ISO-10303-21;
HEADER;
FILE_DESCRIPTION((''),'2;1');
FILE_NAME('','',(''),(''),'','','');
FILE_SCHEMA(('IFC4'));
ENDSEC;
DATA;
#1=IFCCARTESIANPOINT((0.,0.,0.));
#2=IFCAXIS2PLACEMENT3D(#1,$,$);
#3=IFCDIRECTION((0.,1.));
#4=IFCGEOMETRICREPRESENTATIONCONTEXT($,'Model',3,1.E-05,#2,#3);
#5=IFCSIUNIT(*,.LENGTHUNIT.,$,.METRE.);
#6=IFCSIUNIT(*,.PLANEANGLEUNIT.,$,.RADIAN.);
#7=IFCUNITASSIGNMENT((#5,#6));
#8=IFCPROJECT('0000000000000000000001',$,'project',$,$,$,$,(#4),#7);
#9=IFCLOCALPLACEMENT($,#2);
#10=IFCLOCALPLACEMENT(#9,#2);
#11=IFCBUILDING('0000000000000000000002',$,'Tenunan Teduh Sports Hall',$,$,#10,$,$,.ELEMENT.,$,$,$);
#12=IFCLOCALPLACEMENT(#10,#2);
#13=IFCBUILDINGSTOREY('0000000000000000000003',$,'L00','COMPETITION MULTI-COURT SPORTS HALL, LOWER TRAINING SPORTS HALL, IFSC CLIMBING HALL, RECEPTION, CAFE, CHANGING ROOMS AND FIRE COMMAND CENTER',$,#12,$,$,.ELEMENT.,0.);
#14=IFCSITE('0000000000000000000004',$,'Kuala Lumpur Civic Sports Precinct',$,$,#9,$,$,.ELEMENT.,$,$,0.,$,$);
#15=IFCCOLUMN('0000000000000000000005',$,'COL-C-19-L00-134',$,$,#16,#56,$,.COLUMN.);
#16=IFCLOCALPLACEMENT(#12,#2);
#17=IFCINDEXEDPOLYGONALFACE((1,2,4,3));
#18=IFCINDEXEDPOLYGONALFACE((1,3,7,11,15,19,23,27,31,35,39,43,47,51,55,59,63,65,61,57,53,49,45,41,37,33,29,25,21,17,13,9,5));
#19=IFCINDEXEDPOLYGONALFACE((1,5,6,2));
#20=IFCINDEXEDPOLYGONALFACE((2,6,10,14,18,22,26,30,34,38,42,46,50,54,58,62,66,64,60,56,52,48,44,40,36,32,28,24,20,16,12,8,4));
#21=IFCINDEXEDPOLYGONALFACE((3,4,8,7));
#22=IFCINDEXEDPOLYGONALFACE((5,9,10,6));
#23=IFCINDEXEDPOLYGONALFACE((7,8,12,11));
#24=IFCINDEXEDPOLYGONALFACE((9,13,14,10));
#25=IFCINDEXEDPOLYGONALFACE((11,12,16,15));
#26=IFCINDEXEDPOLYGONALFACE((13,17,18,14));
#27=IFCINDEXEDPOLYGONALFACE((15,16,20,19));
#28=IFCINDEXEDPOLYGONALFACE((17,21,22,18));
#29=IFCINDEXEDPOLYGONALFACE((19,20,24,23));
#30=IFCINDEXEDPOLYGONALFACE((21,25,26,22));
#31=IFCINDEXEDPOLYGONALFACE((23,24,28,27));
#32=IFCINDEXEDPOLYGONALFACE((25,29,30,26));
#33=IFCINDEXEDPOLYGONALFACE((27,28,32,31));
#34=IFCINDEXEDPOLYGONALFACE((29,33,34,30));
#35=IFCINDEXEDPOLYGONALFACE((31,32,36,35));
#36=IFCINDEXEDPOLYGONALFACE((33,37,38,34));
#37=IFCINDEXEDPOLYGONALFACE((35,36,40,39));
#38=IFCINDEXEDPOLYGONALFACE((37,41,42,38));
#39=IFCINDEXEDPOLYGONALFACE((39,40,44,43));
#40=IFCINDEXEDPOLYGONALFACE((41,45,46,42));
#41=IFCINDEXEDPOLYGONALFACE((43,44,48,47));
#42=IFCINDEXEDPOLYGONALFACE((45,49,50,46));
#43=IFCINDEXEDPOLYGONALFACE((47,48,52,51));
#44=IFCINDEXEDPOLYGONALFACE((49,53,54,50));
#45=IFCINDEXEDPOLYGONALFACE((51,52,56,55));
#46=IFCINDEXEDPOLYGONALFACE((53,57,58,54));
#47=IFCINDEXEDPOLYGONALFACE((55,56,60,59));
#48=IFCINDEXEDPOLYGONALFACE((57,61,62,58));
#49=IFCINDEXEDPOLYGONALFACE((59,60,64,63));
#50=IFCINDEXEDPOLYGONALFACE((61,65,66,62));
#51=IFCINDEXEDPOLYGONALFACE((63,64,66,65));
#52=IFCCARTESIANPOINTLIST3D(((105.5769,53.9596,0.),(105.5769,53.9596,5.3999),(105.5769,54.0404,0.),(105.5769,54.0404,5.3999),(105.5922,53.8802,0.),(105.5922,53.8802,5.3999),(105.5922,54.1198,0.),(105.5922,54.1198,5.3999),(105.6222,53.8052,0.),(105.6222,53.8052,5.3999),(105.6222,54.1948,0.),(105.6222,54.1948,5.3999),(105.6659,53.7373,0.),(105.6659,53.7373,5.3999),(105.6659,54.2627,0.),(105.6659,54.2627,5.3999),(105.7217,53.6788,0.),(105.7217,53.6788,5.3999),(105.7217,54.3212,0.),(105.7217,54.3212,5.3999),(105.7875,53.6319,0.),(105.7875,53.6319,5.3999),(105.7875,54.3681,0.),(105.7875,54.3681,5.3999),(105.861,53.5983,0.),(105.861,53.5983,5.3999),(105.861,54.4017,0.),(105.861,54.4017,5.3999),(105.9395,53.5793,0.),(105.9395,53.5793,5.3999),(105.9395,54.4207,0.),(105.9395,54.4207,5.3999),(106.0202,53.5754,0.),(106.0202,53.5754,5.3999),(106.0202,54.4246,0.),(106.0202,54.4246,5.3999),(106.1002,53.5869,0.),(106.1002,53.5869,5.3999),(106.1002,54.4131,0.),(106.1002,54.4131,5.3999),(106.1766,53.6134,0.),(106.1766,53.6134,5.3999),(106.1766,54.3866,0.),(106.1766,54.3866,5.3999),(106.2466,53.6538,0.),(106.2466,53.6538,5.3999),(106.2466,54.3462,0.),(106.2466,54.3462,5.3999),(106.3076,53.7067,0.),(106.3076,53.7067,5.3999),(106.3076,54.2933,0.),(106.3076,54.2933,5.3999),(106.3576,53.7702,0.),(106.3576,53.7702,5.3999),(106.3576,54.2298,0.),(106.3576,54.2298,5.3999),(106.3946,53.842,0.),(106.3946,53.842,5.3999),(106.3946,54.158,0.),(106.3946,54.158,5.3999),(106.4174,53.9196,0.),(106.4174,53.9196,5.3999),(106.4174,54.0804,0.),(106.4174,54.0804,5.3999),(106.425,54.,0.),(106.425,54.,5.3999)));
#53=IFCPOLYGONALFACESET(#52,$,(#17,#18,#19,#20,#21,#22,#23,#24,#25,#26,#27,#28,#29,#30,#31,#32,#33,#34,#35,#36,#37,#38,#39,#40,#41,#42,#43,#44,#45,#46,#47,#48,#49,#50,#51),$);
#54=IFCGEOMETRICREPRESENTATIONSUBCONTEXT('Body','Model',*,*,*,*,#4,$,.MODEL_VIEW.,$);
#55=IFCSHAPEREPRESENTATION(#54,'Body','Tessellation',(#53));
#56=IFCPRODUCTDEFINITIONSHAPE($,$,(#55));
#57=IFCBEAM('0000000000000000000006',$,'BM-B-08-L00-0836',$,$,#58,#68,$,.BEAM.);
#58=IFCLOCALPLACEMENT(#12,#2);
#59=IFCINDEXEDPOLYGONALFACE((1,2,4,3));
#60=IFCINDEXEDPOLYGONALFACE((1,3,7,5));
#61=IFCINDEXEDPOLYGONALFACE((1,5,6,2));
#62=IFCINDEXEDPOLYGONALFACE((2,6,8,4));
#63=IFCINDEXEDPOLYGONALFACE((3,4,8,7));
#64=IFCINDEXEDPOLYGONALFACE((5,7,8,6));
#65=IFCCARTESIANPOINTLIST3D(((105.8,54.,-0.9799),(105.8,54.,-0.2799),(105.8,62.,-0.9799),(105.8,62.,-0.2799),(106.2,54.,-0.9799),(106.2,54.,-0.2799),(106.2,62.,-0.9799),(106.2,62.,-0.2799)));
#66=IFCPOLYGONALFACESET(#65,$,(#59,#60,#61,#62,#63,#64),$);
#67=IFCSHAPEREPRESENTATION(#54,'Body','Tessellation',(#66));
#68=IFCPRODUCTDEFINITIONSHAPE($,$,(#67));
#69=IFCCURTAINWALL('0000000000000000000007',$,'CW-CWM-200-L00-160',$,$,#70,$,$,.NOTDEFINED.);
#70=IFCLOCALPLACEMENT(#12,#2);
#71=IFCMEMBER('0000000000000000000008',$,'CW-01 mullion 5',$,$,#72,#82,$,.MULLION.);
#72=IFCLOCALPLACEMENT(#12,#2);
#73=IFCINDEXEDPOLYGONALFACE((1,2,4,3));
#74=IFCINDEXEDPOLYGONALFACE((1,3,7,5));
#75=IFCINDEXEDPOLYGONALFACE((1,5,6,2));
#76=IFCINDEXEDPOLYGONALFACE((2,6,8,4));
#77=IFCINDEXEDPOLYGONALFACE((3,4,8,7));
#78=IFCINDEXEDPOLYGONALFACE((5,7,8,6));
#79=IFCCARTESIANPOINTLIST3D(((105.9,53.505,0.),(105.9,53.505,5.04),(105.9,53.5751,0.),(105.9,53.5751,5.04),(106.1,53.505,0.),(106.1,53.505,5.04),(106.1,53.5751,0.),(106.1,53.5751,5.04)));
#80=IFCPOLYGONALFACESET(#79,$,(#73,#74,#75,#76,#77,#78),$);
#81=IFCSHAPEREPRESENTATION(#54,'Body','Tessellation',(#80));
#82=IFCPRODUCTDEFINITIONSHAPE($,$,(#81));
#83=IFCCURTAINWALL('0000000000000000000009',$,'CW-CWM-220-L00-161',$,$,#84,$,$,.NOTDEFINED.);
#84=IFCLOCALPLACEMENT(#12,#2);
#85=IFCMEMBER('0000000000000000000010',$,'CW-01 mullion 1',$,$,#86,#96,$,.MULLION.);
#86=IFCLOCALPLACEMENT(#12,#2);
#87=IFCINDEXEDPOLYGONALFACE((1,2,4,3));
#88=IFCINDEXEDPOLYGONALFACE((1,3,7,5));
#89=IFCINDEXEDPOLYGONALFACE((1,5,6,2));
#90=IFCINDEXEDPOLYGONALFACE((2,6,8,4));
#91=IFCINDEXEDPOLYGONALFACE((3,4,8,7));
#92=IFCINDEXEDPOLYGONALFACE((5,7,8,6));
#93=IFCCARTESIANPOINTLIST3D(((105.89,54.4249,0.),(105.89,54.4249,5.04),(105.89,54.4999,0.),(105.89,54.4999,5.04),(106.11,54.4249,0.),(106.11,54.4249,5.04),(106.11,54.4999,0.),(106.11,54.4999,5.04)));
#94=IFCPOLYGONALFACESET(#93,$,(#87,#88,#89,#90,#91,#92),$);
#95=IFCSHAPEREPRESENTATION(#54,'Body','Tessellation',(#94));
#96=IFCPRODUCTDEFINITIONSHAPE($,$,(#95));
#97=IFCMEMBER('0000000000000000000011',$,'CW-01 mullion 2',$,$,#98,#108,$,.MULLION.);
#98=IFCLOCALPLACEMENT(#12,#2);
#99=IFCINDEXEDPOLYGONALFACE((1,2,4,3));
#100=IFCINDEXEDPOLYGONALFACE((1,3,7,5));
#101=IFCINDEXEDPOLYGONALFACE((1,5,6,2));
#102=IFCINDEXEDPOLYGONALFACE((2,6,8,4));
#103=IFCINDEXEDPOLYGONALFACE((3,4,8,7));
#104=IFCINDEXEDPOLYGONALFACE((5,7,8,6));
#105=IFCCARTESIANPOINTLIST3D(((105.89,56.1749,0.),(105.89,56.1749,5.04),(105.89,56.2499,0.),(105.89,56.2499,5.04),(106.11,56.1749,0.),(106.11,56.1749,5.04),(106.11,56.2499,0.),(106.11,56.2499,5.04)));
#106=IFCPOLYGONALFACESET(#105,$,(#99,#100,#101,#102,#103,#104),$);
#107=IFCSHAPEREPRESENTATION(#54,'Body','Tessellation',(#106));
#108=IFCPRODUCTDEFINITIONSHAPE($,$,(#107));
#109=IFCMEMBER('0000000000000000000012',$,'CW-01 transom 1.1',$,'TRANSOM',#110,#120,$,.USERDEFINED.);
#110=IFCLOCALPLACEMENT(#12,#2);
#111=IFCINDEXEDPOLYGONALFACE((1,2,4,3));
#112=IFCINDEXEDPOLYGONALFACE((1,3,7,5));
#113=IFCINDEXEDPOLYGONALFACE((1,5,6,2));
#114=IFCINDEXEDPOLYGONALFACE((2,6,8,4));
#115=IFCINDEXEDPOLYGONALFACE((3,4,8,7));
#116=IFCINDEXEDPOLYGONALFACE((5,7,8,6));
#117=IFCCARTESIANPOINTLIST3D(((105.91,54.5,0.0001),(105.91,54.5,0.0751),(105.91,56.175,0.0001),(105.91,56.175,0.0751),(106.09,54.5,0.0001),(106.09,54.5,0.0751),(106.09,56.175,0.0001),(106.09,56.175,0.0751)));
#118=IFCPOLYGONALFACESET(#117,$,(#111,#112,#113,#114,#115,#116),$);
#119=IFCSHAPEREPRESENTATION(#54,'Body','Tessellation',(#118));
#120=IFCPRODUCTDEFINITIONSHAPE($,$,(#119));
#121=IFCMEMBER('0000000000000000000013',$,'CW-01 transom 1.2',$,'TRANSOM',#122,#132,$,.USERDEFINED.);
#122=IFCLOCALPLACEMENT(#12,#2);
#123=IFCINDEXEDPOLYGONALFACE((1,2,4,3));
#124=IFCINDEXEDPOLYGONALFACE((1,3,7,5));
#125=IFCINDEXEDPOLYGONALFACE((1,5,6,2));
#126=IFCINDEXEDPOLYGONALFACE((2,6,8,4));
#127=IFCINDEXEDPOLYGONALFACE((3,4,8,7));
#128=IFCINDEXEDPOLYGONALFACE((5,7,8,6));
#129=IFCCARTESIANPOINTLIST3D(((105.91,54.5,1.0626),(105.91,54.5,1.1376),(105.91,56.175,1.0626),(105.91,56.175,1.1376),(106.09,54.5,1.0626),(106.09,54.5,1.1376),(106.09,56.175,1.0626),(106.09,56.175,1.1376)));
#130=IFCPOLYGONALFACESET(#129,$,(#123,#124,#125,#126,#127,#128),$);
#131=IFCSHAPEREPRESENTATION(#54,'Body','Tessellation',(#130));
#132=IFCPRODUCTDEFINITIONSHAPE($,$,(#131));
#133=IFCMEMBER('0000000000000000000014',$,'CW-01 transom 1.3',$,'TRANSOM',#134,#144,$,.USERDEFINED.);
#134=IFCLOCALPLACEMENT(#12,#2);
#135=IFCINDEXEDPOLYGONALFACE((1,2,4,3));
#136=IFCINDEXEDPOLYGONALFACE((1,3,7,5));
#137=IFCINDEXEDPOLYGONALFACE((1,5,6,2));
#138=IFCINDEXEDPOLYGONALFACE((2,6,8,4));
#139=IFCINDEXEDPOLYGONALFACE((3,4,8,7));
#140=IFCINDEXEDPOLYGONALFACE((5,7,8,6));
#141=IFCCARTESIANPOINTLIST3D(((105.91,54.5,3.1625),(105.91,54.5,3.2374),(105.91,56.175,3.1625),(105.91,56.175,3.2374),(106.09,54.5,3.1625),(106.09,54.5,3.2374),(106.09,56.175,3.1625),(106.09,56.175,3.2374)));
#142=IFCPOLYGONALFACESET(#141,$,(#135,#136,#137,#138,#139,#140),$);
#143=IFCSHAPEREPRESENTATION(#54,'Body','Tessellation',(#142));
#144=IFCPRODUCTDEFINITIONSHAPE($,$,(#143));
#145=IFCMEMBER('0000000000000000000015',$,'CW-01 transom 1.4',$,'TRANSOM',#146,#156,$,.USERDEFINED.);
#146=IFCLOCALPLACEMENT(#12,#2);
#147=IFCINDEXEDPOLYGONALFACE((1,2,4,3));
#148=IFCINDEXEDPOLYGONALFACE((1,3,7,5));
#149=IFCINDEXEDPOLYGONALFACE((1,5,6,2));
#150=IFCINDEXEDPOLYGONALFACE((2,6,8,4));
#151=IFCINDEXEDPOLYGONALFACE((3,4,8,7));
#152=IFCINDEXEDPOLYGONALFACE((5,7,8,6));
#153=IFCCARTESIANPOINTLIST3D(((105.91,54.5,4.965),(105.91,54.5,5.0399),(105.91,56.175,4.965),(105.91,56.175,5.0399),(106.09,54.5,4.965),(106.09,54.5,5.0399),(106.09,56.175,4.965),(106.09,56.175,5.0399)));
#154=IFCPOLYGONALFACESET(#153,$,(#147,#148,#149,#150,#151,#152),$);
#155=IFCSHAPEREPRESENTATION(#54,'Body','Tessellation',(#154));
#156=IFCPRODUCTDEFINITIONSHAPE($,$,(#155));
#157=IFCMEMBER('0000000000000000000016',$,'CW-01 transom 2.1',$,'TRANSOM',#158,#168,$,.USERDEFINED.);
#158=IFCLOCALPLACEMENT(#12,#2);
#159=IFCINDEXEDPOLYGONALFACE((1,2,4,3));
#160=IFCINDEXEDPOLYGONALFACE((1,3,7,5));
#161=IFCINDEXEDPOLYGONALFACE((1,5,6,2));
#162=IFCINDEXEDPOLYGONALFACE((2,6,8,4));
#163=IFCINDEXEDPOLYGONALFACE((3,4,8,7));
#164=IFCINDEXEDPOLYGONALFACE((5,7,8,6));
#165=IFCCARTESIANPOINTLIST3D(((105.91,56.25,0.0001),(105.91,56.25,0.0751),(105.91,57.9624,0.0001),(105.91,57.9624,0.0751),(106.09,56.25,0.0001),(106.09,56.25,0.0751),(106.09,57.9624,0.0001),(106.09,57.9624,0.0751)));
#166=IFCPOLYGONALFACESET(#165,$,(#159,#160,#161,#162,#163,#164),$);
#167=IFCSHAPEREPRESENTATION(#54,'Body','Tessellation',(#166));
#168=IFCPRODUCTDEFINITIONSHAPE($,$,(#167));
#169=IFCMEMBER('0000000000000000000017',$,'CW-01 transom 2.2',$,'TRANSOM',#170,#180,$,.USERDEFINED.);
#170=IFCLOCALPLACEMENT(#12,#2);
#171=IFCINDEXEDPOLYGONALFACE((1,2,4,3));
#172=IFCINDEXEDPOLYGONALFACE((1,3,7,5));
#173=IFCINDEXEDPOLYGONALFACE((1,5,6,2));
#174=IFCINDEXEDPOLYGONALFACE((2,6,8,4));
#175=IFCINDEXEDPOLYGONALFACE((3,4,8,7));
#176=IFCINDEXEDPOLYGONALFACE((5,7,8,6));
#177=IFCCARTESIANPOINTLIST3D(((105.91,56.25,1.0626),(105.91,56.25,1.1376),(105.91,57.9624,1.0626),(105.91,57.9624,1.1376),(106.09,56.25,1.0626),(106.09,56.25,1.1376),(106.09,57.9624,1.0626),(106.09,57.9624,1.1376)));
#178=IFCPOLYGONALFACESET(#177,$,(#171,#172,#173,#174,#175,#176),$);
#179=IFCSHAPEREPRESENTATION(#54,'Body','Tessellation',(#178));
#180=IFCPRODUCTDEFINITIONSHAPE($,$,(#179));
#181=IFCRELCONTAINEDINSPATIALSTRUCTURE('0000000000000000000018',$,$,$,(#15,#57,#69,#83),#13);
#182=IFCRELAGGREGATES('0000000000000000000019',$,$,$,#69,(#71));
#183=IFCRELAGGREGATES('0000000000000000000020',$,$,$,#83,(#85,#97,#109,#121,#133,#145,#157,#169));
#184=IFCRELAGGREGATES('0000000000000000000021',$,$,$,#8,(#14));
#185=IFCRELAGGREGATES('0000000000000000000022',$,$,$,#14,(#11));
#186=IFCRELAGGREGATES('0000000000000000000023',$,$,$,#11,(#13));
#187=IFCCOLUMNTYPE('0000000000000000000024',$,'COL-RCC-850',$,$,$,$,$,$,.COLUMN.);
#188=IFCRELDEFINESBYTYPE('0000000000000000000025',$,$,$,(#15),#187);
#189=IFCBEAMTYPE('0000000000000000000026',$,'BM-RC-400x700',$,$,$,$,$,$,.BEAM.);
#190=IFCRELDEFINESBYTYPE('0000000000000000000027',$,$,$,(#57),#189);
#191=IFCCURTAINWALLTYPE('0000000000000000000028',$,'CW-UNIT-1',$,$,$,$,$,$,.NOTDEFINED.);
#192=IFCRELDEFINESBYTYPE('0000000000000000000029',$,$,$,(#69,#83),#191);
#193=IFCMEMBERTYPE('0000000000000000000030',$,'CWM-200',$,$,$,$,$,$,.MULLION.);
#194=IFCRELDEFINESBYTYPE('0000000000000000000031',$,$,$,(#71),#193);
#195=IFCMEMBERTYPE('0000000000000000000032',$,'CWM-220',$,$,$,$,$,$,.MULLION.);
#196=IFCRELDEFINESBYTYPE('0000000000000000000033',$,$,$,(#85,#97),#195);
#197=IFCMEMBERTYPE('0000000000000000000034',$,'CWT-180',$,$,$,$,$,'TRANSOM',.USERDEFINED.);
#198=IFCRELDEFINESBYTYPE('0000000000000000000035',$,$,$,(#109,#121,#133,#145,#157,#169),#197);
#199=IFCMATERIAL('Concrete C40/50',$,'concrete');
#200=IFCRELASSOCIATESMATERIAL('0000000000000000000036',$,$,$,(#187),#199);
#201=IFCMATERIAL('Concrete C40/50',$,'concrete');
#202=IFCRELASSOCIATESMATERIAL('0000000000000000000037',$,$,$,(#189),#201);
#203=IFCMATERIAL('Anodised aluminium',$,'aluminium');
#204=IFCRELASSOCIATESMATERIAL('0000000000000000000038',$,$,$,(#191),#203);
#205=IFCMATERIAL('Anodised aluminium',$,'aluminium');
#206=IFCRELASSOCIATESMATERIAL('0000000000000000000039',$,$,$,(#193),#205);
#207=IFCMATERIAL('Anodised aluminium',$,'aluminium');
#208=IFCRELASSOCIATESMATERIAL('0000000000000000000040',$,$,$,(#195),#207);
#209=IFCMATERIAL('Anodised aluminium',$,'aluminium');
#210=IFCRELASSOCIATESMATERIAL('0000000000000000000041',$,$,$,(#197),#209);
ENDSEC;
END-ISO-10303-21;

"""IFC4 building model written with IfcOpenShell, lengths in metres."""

from ifc_helpers import new_model, si_unit, direction, frame, origin, origin_2d, place, context, subcontext, project, spatial, rectangle, circle, extrude, material, material_profile, profile_set, type_object, element, aggregate, save


model = new_model("IFC4")

# Units and contexts
model_context = context("Model", 3, precision=1e-05, world=origin(), true_north=direction((0.0, 1.0)))
body_context = subcontext(model_context, "Body", "Model", "MODEL_VIEW")
ifc_project = project(units=[si_unit("LENGTHUNIT", "METRE"), si_unit("PLANEANGLEUNIT", "RADIAN")], contexts=[model_context])

# Site, building, storey
site_placement = place(None, origin())
site = spatial("IfcSite", under=ifc_project, at=site_placement, Name="Kuala Lumpur Civic Sports Precinct", CompositionType="ELEMENT", RefElevation=0.0)
building_placement = place(site_placement, origin())
building = spatial("IfcBuilding", under=site, at=building_placement, Name="Tenunan Teduh Sports Hall", CompositionType="ELEMENT")
storey_placement = place(building_placement, origin())
storey = spatial("IfcBuildingStorey", under=building, at=storey_placement, Name="L00", Description="COMPETITION MULTI-COURT SPORTS HALL, LOWER TRAINING SPORTS HALL, IFSC CLIMBING HALL, RECEPTION, CAFE, CHANGING ROOMS AND FIRE COMMAND CENTER", CompositionType="ELEMENT", Elevation=0.0)

# Column
ifc_material_1 = material(Name="Concrete C40/50", Category="concrete")
ifc_material_profile_1 = material_profile(ifc_material_1, circle(Radius=0.425, at=origin_2d()), Name="RCC D850")
ifc_profile_set_1 = profile_set([ifc_material_profile_1], Name="Concrete C40/50")
column_type = type_object("IfcColumnType", Name="COL-RCC-850", PredefinedType="COLUMN", material=ifc_profile_set_1)
column_placement = place(storey_placement, frame((106.0, 54.0, 0.0), z_axis=(0.0, 0.0, 1.0), x_axis=(1.0, 0.0, 0.0)))
element("IfcColumn", 1, at=column_placement, inside=storey, type_object=column_type, Name="COL-C-19-L00-134", PredefinedType="COLUMN", context=body_context, shape_type="SweptSolid", body=[
    extrude(circle(Radius=0.425, at=origin_2d()), origin(), (0.0, 0.0, 1.0), 5.3999),
])

# Beam
ifc_material_2 = material(Name="Concrete C40/50", Category="concrete")
ifc_material_profile_2 = material_profile(ifc_material_2, rectangle(XDim=0.3999, YDim=0.7, at=origin_2d()), Name="RCB 400x700")
ifc_profile_set_2 = profile_set([ifc_material_profile_2], Name="Concrete C40/50")
beam_type_1 = type_object("IfcBeamType", Name="BM-RC-400x700", PredefinedType="BEAM", material=ifc_profile_set_2)
beam_1_placement = place(storey_placement, frame((106.0, 54.0, -0.6299), z_axis=(0.0, 1.0, 0.0), x_axis=(-1.0, 0.0, 0.0)))
element("IfcBeam", 2, at=beam_1_placement, inside=storey, type_object=beam_type_1, Name="BM-B-08-L00-0836", PredefinedType="BEAM", context=body_context, shape_type="SweptSolid", body=[
    extrude(rectangle(XDim=0.3999, YDim=0.7, at=origin_2d()), origin(), (0.0, 0.0, 1.0), 8.0),
])

# Curtain wall, member
ifc_material_3 = material(Name="Anodised aluminium", Category="aluminium")
curtain_wall_type = type_object("IfcCurtainWallType", Name="CW-UNIT-1", PredefinedType="NOTDEFINED", material=ifc_material_3)
curtain_wall_1_placement = place(storey_placement, origin())
curtain_wall_1 = element("IfcCurtainWall", 3, at=curtain_wall_1_placement, inside=storey, type_object=curtain_wall_type, Name="CW-CWM-200-L00-160", PredefinedType="NOTDEFINED")
ifc_material_4 = material(Name="Anodised aluminium", Category="aluminium")
ifc_material_profile_3 = material_profile(ifc_material_4, rectangle(XDim=0.0701, YDim=0.2, at=origin_2d()), Name="CWM 70x200")
ifc_profile_set_3 = profile_set([ifc_material_profile_3], Name="Anodised aluminium")
member_type_1 = type_object("IfcMemberType", Name="CWM-200", PredefinedType="MULLION", material=ifc_profile_set_3)
member_1_placement = place(storey_placement, frame((106.0, 53.54, 0.0), z_axis=(0.0, 0.0, 1.0), x_axis=(0.0, 1.0, 0.0)))
member_1 = element("IfcMember", 4, at=member_1_placement, type_object=member_type_1, Name="CW-01 mullion 5", PredefinedType="MULLION", context=body_context, shape_type="SweptSolid", body=[
    extrude(rectangle(XDim=0.0701, YDim=0.2, at=origin_2d()), origin(), (0.0, 0.0, 1.0), 5.04),
])

# Curtain wall, members
curtain_wall_2_placement = place(storey_placement, origin())
curtain_wall_2 = element("IfcCurtainWall", 5, at=curtain_wall_2_placement, inside=storey, type_object=curtain_wall_type, Name="CW-CWM-220-L00-161", PredefinedType="NOTDEFINED")
ifc_material_5 = material(Name="Anodised aluminium", Category="aluminium")
ifc_material_profile_4 = material_profile(ifc_material_5, rectangle(XDim=0.075, YDim=0.22, at=origin_2d()), Name="CWM 75x220")
ifc_profile_set_4 = profile_set([ifc_material_profile_4], Name="Anodised aluminium")
member_type_2 = type_object("IfcMemberType", Name="CWM-220", PredefinedType="MULLION", material=ifc_profile_set_4)
member_2_placement = place(storey_placement, frame((106.0, 54.4624, 0.0), z_axis=(0.0, 0.0, 1.0), x_axis=(0.0, 1.0, 0.0)))
member_2 = element("IfcMember", 6, at=member_2_placement, type_object=member_type_2, Name="CW-01 mullion 1", PredefinedType="MULLION", context=body_context, shape_type="SweptSolid", body=[
    extrude(rectangle(XDim=0.075, YDim=0.22, at=origin_2d()), origin(), (0.0, 0.0, 1.0), 5.04),
])
member_3_placement = place(storey_placement, frame((106.0, 56.2124, 0.0), z_axis=(0.0, 0.0, 1.0), x_axis=(0.0, 1.0, 0.0)))
member_3 = element("IfcMember", 7, at=member_3_placement, type_object=member_type_2, Name="CW-01 mullion 2", PredefinedType="MULLION", context=body_context, shape_type="SweptSolid", body=[
    extrude(rectangle(XDim=0.075, YDim=0.22, at=origin_2d()), origin(), (0.0, 0.0, 1.0), 5.04),
])
ifc_material_6 = material(Name="Anodised aluminium", Category="aluminium")
ifc_material_profile_5 = material_profile(ifc_material_6, rectangle(XDim=0.075, YDim=0.1799, at=origin_2d()), Name="CWT 75x180")
ifc_profile_set_5 = profile_set([ifc_material_profile_5], Name="Anodised aluminium")
member_type_3 = type_object("IfcMemberType", Name="CWT-180", ElementType="TRANSOM", PredefinedType="USERDEFINED", material=ifc_profile_set_5)
member_4_placement = place(storey_placement, frame((106.0, 54.5, 0.0376), z_axis=(0.0, 1.0, 0.0), x_axis=(0.0, 0.0, 1.0)))
member_4 = element("IfcMember", 8, at=member_4_placement, type_object=member_type_3, Name="CW-01 transom 1.1", ObjectType="TRANSOM", PredefinedType="USERDEFINED", context=body_context, shape_type="SweptSolid", body=[
    extrude(rectangle(XDim=0.075, YDim=0.1799, at=origin_2d()), origin(), (0.0, 0.0, 1.0), 1.675),
])
member_5_placement = place(storey_placement, frame((106.0, 54.5, 1.1001), z_axis=(0.0, 1.0, 0.0), x_axis=(0.0, 0.0, 1.0)))
member_5 = element("IfcMember", 9, at=member_5_placement, type_object=member_type_3, Name="CW-01 transom 1.2", ObjectType="TRANSOM", PredefinedType="USERDEFINED", context=body_context, shape_type="SweptSolid", body=[
    extrude(rectangle(XDim=0.075, YDim=0.1799, at=origin_2d()), origin(), (0.0, 0.0, 1.0), 1.675),
])
member_6_placement = place(storey_placement, frame((106.0, 54.5, 3.2), z_axis=(0.0, 1.0, 0.0), x_axis=(0.0, 0.0, 1.0)))
member_6 = element("IfcMember", 10, at=member_6_placement, type_object=member_type_3, Name="CW-01 transom 1.3", ObjectType="TRANSOM", PredefinedType="USERDEFINED", context=body_context, shape_type="SweptSolid", body=[
    extrude(rectangle(XDim=0.075, YDim=0.1799, at=origin_2d()), origin(), (0.0, 0.0, 1.0), 1.675),
])
member_7_placement = place(storey_placement, frame((106.0, 54.5, 5.0024), z_axis=(0.0, 1.0, 0.0), x_axis=(0.0, 0.0, 1.0)))
member_7 = element("IfcMember", 11, at=member_7_placement, type_object=member_type_3, Name="CW-01 transom 1.4", ObjectType="TRANSOM", PredefinedType="USERDEFINED", context=body_context, shape_type="SweptSolid", body=[
    extrude(rectangle(XDim=0.075, YDim=0.1799, at=origin_2d()), origin(), (0.0, 0.0, 1.0), 1.675),
])
member_8_placement = place(storey_placement, frame((106.0, 56.25, 0.0376), z_axis=(0.0, 1.0, 0.0), x_axis=(0.0, 0.0, 1.0)))
member_8 = element("IfcMember", 12, at=member_8_placement, type_object=member_type_3, Name="CW-01 transom 2.1", ObjectType="TRANSOM", PredefinedType="USERDEFINED", context=body_context, shape_type="SweptSolid", body=[
    extrude(rectangle(XDim=0.075, YDim=0.1799, at=origin_2d()), origin(), (0.0, 0.0, 1.0), 1.7124),
])
member_9_placement = place(storey_placement, frame((106.0, 56.25, 1.1001), z_axis=(0.0, 1.0, 0.0), x_axis=(0.0, 0.0, 1.0)))
member_9 = element("IfcMember", 13, at=member_9_placement, type_object=member_type_3, Name="CW-01 transom 2.2", ObjectType="TRANSOM", PredefinedType="USERDEFINED", context=body_context, shape_type="SweptSolid", body=[
    extrude(rectangle(XDim=0.075, YDim=0.1799, at=origin_2d()), origin(), (0.0, 0.0, 1.0), 1.7124),
])

aggregate(curtain_wall_1, [member_1])
aggregate(curtain_wall_2, [member_2, member_3, member_4, member_5, member_6, member_7, member_8, member_9])

save(model, "model.ifc")
